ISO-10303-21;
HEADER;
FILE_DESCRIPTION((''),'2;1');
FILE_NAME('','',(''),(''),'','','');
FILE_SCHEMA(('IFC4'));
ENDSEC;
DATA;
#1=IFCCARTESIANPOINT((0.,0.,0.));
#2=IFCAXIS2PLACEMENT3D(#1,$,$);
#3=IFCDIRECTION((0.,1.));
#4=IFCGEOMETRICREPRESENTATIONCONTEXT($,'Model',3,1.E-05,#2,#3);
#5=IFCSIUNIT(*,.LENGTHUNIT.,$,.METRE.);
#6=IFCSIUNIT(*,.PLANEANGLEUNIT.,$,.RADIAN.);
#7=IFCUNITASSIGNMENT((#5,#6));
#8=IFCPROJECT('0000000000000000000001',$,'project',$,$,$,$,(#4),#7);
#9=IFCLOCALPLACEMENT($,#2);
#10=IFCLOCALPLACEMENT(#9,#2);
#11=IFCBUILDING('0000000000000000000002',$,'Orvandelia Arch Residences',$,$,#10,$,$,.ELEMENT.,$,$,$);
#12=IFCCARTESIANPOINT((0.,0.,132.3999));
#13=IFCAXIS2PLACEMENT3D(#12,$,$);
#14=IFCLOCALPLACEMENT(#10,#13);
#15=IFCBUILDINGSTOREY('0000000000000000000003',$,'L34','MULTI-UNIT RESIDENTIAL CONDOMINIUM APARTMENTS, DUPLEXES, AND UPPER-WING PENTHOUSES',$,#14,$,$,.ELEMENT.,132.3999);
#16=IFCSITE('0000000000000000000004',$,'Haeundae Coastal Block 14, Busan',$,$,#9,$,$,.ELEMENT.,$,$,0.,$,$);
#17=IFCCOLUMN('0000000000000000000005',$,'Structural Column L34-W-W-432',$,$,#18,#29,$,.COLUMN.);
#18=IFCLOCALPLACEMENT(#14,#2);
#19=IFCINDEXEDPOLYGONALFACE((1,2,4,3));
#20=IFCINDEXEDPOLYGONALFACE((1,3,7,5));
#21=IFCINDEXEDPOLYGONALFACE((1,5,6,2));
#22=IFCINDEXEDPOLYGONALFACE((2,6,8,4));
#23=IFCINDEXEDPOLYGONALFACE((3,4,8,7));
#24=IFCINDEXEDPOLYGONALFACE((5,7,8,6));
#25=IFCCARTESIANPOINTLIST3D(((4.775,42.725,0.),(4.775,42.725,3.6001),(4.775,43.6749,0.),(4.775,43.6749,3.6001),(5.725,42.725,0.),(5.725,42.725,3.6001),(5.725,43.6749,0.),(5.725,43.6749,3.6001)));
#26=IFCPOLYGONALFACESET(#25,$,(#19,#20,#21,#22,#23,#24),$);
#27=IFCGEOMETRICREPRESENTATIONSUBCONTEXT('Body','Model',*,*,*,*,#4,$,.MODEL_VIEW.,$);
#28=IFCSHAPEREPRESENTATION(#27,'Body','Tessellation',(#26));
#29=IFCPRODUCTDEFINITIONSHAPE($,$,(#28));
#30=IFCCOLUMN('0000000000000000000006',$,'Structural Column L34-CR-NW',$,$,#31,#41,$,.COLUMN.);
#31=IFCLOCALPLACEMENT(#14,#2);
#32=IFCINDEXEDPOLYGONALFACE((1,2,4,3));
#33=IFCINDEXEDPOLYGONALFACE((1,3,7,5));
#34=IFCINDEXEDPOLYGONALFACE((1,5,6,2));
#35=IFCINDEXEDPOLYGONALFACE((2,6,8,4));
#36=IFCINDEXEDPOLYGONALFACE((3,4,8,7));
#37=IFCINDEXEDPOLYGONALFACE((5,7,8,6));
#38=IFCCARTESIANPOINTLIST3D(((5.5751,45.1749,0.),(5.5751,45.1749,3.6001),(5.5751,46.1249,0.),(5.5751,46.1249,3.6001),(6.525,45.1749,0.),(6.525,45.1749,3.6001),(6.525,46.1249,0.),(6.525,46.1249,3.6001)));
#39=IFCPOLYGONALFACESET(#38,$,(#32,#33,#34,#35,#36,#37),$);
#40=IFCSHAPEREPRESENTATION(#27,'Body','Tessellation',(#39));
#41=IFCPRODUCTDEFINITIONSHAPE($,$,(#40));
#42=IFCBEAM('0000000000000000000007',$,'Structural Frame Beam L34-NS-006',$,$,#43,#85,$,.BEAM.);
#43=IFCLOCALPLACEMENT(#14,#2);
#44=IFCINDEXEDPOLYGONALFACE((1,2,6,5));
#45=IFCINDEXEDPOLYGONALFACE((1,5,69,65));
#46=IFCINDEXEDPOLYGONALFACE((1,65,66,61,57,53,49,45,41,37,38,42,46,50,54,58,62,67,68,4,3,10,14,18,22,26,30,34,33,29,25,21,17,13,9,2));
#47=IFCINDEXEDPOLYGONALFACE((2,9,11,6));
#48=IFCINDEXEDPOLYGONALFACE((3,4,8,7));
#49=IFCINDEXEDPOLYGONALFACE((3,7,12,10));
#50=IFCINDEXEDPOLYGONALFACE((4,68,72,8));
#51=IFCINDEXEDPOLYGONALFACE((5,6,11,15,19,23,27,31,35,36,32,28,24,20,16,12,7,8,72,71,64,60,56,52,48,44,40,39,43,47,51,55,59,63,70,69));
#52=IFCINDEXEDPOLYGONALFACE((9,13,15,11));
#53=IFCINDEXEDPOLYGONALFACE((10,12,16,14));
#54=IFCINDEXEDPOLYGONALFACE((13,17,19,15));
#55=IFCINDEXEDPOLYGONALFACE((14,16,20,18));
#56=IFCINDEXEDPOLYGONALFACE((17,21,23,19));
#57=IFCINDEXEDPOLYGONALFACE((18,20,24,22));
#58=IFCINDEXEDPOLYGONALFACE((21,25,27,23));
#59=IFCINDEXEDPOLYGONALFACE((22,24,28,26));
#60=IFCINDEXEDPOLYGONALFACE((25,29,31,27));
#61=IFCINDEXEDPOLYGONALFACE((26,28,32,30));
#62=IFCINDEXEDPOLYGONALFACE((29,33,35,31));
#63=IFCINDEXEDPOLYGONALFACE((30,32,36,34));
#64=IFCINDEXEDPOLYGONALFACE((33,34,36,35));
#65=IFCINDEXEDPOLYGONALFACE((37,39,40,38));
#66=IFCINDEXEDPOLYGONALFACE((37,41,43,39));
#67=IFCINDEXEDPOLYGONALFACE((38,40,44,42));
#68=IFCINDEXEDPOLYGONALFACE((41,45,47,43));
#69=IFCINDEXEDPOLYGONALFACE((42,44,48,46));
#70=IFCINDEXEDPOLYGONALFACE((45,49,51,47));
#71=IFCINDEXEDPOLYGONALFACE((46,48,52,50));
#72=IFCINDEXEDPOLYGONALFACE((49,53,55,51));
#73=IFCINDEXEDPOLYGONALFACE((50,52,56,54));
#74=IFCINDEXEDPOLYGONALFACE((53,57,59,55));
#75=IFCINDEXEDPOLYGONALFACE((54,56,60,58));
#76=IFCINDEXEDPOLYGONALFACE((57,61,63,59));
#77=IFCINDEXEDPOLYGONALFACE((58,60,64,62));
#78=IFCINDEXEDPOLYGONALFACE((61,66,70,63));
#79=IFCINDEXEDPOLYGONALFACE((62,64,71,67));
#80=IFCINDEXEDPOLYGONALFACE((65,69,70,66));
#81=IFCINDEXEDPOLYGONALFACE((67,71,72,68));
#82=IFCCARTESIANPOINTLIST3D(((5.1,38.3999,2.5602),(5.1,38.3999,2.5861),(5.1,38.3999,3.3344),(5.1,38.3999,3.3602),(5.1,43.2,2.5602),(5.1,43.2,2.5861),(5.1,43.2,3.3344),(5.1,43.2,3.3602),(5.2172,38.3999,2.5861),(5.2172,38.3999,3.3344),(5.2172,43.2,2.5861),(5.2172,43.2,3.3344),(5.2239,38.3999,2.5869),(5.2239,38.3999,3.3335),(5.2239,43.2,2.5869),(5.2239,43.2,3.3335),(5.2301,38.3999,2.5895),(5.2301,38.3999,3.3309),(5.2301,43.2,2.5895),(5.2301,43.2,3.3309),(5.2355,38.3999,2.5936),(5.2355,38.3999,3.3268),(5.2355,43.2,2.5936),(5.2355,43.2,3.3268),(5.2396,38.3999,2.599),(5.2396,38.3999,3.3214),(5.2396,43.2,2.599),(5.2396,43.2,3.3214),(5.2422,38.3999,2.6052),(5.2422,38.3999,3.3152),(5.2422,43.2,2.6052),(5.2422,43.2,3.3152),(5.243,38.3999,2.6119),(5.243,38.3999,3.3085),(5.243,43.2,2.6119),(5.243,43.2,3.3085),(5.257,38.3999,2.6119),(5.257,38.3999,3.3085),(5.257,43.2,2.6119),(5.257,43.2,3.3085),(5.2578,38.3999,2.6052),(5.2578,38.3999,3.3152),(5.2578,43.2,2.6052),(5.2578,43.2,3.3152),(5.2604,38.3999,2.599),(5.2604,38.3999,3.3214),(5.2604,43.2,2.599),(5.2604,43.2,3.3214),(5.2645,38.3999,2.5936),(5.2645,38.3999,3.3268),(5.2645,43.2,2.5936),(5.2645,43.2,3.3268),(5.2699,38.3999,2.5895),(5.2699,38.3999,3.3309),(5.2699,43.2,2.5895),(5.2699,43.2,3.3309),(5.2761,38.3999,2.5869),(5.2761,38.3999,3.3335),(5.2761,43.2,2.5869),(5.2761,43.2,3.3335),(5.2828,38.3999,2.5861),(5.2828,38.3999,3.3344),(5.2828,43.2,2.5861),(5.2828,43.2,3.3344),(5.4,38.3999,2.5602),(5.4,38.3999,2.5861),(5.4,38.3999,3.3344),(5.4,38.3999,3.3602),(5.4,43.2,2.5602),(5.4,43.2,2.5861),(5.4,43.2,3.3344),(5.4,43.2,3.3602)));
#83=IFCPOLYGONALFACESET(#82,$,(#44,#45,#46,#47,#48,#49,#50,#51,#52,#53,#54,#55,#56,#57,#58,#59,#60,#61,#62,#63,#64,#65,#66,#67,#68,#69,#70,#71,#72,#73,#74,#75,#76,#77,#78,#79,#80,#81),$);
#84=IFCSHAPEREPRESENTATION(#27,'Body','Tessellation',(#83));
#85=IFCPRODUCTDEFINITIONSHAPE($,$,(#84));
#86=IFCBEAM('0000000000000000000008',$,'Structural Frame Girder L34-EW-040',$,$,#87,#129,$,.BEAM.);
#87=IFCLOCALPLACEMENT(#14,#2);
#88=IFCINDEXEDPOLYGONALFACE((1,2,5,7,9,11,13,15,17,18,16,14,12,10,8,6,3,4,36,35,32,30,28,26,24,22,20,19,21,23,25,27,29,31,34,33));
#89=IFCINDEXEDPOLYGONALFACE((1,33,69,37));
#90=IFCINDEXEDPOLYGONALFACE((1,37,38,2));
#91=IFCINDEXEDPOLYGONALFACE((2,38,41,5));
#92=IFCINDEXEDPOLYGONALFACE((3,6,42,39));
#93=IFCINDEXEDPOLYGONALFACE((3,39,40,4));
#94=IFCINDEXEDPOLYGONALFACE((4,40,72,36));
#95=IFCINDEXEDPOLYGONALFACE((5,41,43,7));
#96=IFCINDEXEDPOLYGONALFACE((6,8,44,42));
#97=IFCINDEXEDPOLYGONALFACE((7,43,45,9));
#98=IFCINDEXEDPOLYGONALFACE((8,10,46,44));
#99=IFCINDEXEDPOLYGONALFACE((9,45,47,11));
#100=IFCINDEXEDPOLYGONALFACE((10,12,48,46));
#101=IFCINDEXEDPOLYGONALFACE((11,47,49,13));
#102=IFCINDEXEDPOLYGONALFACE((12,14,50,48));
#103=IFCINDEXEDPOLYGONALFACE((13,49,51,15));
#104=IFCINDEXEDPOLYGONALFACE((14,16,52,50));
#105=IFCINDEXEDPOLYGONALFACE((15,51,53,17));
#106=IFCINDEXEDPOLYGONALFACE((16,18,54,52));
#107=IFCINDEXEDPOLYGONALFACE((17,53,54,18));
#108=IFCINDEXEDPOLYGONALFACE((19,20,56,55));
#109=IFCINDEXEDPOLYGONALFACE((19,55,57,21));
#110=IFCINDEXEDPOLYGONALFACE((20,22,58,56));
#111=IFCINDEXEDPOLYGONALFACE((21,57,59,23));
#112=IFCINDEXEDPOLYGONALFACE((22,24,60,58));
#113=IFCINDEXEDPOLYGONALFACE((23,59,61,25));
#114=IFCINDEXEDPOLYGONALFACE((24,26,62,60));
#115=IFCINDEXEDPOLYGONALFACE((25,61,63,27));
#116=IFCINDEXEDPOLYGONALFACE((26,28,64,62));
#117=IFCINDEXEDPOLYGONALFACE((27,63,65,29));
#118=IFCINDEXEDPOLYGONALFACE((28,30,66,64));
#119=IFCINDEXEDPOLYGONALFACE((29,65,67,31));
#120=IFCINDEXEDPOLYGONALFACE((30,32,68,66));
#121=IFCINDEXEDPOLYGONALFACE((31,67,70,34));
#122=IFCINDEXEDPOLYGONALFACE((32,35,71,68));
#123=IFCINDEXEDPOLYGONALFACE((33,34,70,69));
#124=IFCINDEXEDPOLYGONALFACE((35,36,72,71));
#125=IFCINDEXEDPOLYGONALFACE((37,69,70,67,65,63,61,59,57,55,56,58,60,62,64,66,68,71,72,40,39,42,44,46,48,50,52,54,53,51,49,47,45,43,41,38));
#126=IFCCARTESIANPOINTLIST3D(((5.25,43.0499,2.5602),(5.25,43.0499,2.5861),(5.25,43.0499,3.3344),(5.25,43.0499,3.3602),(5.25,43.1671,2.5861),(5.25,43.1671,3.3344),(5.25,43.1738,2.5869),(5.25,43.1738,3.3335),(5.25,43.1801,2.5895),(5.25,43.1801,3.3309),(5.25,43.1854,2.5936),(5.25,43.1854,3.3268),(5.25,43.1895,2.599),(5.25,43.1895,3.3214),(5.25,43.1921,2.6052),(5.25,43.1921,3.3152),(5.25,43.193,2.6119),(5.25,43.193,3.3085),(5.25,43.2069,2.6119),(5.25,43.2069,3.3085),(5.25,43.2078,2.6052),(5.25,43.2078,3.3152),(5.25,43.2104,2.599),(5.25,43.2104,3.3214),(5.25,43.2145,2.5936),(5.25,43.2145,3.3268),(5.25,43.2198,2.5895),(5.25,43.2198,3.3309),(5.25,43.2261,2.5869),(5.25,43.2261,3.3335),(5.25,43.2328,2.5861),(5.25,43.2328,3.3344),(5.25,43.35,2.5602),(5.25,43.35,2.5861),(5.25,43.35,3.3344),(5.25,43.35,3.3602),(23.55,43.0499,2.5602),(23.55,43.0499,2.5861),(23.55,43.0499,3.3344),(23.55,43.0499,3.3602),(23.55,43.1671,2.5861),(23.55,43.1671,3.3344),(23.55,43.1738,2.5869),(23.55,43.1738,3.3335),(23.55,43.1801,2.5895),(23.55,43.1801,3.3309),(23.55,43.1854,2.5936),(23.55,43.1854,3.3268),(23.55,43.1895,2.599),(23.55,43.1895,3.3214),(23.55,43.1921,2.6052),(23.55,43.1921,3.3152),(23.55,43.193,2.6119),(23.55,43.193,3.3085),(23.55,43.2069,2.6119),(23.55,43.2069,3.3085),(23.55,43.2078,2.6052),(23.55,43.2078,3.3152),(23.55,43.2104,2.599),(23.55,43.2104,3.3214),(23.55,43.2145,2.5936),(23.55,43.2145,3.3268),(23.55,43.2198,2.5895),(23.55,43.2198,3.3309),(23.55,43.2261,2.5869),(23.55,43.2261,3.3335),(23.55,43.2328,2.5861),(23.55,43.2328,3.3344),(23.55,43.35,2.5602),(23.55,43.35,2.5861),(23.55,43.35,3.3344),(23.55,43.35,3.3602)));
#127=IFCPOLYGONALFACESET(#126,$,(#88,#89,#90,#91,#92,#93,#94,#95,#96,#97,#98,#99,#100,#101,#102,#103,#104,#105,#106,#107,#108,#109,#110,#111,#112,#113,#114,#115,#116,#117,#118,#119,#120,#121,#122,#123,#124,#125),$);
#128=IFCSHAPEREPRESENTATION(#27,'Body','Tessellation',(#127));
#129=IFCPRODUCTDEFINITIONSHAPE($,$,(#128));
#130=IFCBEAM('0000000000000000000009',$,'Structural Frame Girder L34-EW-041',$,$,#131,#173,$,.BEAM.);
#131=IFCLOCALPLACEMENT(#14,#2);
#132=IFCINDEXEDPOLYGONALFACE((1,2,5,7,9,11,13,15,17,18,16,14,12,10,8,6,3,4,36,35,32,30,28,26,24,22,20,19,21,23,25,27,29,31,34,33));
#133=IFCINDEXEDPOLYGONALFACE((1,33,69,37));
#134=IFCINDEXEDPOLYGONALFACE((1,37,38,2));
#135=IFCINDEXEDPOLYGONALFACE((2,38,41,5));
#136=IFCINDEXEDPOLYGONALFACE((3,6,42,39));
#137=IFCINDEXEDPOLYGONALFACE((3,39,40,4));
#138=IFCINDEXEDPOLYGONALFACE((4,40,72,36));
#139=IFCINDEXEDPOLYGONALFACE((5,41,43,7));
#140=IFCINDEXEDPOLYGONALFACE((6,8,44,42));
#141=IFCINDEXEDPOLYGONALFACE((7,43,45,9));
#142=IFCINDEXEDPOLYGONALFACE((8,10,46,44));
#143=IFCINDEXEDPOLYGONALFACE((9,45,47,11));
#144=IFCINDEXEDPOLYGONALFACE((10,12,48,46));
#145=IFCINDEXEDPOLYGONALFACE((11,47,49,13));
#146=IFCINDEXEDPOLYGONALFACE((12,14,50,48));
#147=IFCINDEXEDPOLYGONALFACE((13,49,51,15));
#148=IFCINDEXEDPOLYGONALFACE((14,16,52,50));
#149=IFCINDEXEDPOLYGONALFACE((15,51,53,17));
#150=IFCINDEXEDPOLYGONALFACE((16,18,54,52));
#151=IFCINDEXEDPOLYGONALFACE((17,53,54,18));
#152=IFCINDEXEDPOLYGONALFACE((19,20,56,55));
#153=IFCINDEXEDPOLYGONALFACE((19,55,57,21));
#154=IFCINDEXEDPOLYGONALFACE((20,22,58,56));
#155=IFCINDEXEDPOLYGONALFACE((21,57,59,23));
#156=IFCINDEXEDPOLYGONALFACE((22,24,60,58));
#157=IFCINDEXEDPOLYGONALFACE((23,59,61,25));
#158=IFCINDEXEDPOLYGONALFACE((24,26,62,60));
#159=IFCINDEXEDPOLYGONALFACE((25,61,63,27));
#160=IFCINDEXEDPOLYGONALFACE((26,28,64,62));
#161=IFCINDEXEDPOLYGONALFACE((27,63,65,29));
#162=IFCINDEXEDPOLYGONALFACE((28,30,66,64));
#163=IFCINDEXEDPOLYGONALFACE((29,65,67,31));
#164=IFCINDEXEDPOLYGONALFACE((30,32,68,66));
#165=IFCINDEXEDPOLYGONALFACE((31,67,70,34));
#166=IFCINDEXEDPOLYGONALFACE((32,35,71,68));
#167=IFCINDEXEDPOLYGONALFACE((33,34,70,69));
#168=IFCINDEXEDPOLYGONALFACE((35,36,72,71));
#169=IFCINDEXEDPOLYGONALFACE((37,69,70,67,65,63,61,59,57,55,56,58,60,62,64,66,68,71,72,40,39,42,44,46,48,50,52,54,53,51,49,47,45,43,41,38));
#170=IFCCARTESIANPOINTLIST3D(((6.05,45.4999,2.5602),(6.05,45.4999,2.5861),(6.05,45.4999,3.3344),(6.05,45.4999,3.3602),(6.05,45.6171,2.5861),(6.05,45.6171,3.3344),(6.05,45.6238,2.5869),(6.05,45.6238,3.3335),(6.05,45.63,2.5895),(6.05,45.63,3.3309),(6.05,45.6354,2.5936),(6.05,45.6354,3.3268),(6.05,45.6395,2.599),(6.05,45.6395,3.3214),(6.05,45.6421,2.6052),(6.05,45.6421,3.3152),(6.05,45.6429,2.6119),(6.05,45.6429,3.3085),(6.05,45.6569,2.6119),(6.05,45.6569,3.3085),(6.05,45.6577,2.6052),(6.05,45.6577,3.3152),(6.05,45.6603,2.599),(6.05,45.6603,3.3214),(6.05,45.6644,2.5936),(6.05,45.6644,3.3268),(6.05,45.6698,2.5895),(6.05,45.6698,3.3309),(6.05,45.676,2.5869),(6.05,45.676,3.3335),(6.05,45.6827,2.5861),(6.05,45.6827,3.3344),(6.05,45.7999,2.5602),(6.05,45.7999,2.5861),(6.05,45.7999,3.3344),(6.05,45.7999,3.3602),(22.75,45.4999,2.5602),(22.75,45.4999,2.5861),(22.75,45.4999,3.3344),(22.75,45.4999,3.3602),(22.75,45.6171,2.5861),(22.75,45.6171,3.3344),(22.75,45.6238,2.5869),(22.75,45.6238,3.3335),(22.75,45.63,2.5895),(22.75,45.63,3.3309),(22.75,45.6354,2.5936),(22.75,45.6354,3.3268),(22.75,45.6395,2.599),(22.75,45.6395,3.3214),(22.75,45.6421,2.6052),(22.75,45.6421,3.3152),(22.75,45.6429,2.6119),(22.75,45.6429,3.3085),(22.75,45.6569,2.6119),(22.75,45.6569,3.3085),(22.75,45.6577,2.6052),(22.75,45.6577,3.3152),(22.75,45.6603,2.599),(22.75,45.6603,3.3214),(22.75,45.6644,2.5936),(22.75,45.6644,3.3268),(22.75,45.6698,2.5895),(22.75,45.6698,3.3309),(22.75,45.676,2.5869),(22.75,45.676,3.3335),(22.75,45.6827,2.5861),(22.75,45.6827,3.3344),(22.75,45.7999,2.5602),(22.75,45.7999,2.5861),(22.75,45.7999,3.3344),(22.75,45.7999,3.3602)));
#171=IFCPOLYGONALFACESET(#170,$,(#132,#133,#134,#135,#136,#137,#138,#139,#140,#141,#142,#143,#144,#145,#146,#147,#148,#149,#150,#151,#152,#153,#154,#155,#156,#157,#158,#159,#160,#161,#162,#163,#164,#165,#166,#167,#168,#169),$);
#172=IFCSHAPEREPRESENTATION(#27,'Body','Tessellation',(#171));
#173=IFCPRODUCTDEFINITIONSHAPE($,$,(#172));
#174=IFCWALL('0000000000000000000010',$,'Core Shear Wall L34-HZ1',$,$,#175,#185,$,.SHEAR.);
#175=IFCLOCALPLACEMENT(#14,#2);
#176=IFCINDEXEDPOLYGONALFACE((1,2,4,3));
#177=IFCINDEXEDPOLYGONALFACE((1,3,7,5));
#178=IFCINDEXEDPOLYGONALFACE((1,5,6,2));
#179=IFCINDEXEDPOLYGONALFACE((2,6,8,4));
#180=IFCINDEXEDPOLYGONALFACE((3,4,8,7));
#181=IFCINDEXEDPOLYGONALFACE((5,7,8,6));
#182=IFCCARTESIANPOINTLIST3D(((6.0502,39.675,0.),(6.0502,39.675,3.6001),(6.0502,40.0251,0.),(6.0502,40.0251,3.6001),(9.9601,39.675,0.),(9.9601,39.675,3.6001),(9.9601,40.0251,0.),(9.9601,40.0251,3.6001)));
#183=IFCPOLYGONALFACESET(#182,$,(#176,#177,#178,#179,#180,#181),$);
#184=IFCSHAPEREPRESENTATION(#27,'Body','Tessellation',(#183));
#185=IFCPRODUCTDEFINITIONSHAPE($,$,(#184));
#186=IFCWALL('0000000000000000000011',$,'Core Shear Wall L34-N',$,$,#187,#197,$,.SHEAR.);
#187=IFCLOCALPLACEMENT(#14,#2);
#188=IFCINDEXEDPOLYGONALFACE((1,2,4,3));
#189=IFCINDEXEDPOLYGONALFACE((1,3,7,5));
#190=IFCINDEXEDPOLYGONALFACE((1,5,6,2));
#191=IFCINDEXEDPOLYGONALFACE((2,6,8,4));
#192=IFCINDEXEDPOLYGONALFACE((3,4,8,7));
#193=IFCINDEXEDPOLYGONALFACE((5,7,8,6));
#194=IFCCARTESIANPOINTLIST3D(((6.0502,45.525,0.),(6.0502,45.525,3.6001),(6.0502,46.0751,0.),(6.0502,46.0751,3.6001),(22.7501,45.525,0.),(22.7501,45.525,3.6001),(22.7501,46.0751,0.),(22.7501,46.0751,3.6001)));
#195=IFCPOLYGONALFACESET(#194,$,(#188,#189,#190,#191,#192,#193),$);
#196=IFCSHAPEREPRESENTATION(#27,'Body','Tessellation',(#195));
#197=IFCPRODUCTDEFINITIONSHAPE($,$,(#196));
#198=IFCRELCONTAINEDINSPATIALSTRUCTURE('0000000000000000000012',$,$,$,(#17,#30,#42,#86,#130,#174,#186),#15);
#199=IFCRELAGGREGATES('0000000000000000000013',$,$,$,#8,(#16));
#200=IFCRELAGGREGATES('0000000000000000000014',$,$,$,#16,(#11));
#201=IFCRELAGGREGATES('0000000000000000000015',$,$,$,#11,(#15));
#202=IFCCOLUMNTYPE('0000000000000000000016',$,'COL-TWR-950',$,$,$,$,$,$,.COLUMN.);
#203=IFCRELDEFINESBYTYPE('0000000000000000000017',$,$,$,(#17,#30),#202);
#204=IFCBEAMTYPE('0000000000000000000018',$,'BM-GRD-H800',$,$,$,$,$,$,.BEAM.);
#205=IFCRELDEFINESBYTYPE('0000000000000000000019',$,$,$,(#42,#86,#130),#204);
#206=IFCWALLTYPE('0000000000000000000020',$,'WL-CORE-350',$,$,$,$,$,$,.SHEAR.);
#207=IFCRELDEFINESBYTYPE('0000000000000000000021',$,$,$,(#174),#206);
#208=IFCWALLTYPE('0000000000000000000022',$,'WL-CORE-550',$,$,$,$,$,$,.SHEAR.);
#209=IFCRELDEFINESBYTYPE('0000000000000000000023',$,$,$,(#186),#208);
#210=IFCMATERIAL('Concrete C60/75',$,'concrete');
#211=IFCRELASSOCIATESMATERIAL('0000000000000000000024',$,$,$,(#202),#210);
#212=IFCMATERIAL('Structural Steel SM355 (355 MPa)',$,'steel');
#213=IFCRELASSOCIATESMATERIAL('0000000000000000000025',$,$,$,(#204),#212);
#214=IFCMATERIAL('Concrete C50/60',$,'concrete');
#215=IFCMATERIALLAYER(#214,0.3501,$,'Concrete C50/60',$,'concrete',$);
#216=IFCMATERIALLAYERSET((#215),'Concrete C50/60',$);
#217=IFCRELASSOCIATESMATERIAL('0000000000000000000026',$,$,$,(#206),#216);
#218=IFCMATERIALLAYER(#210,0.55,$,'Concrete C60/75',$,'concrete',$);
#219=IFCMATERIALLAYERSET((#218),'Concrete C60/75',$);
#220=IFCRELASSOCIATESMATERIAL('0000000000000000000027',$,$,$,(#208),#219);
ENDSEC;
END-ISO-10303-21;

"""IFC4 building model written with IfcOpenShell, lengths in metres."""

from ifc_helpers import new_model, si_unit, direction, frame, frame_2d, origin, origin_2d, place, context, subcontext, project, spatial, rectangle, i_section, extrude, material, layer, layer_set, material_profile, profile_set, type_object, element, save


model = new_model("IFC4")

# Units and contexts
model_context = context("Model", 3, precision=1e-05, world=origin(), true_north=direction((0.0, 1.0)))
body_context = subcontext(model_context, "Body", "Model", "MODEL_VIEW")
ifc_project = project(units=[si_unit("LENGTHUNIT", "METRE"), si_unit("PLANEANGLEUNIT", "RADIAN")], contexts=[model_context])

# Site, building, storey
site_placement = place(None, origin())
site = spatial("IfcSite", under=ifc_project, at=site_placement, Name="Haeundae Coastal Block 14, Busan", CompositionType="ELEMENT", RefElevation=0.0)
building_placement = place(site_placement, origin())
building = spatial("IfcBuilding", under=site, at=building_placement, Name="Orvandelia Arch Residences", CompositionType="ELEMENT")
storey_placement = place(building_placement, frame((0.0, 0.0, 132.3999)))
storey = spatial("IfcBuildingStorey", under=building, at=storey_placement, Name="L34", Description="MULTI-UNIT RESIDENTIAL CONDOMINIUM APARTMENTS, DUPLEXES, AND UPPER-WING PENTHOUSES", CompositionType="ELEMENT", Elevation=132.3999)

# Columns
ifc_material_1 = material(Name="Concrete C60/75", Category="concrete")
ifc_material_profile_1 = material_profile(ifc_material_1, rectangle(XDim=0.95, YDim=0.95, at=origin_2d()), Name="Concrete C60/75", Category="concrete")
ifc_profile_set_1 = profile_set([ifc_material_profile_1], Name="Concrete C60/75")
column_type = type_object("IfcColumnType", Name="COL-TWR-950", PredefinedType="COLUMN", material=ifc_profile_set_1)
for number, where, z_axis, x_axis, name in (
    (1, (5.25, 43.2, 0.0), (0.0, 0.0, 1.0), (1.0, 0.0, 0.0), "Structural Column L34-W-W-432"),
    (2, (6.05, 45.6499, 0.0), (0.0, 0.0, 1.0), (1.0, 0.0, 0.0), "Structural Column L34-CR-NW"),
):
    element("IfcColumn", number, at=place(storey_placement, frame(where, z_axis=z_axis, x_axis=x_axis)), inside=storey, type_object=column_type, Name=name, PredefinedType="COLUMN", context=body_context, shape_type="SweptSolid", body=[
        extrude(rectangle(XDim=0.95, YDim=0.95, at=origin_2d()), origin(), (0.0, 0.0, 1.0), 3.6001),
    ])

# Beams
ifc_material_2 = material(Name="Structural Steel SM355 (355 MPa)", Category="steel")
ifc_material_profile_2 = material_profile(ifc_material_2, i_section(OverallWidth=0.3, OverallDepth=0.8, WebThickness=0.0139, FlangeThickness=0.0259, FilletRadius=0.0259, at=origin_2d()), Name="Structural Steel SM355 (355 MPa)", Category="steel")
ifc_profile_set_2 = profile_set([ifc_material_profile_2], Name="Structural Steel SM355 (355 MPa)")
beam_type = type_object("IfcBeamType", Name="BM-GRD-H800", PredefinedType="BEAM", material=ifc_profile_set_2)
beam_1_placement = place(storey_placement, frame((5.25, 38.3999, 2.9602), z_axis=(0.0, 1.0, 0.0), x_axis=(-1.0, 0.0, 0.0)))
element("IfcBeam", 3, at=beam_1_placement, inside=storey, type_object=beam_type, Name="Structural Frame Beam L34-NS-006", PredefinedType="BEAM", context=body_context, shape_type="SweptSolid", body=[
    extrude(i_section(OverallWidth=0.3, OverallDepth=0.8, WebThickness=0.0139, FlangeThickness=0.0259, FilletRadius=0.0259, at=origin_2d()), origin(), (0.0, 0.0, 1.0), 4.8),
])
beam_2_placement = place(storey_placement, frame((5.25, 43.2, 2.9602), z_axis=(1.0, 0.0, 0.0), x_axis=(0.0, 1.0, 0.0)))
element("IfcBeam", 4, at=beam_2_placement, inside=storey, type_object=beam_type, Name="Structural Frame Girder L34-EW-040", PredefinedType="BEAM", context=body_context, shape_type="SweptSolid", body=[
    extrude(i_section(OverallWidth=0.3, OverallDepth=0.8, WebThickness=0.0139, FlangeThickness=0.0259, FilletRadius=0.0259, at=origin_2d()), origin(), (0.0, 0.0, 1.0), 18.3),
])
beam_3_placement = place(storey_placement, frame((6.05, 45.6499, 2.9602), z_axis=(1.0, 0.0, 0.0), x_axis=(0.0, 1.0, 0.0)))
element("IfcBeam", 5, at=beam_3_placement, inside=storey, type_object=beam_type, Name="Structural Frame Girder L34-EW-041", PredefinedType="BEAM", context=body_context, shape_type="SweptSolid", body=[
    extrude(i_section(OverallWidth=0.3, OverallDepth=0.8, WebThickness=0.0139, FlangeThickness=0.0259, FilletRadius=0.0259, at=origin_2d()), origin(), (0.0, 0.0, 1.0), 16.7),
])

# Walls
ifc_material_3 = material(Name="Concrete C50/60", Category="concrete")
ifc_layer_1 = layer(ifc_material_3, 0.3501, Name="Concrete C50/60", Category="concrete")
ifc_layer_set_1 = layer_set([ifc_layer_1], Name="Concrete C50/60")
wall_type_1 = type_object("IfcWallType", Name="WL-CORE-350", PredefinedType="SHEAR", material=ifc_layer_set_1)
wall_1_placement = place(storey_placement, frame((6.05, 39.8501, 0.0), z_axis=(0.0, 0.0, 1.0), x_axis=(1.0, 0.0, 0.0)))
element("IfcWall", 6, at=wall_1_placement, inside=storey, type_object=wall_type_1, Name="Core Shear Wall L34-HZ1", PredefinedType="SHEAR", context=body_context, shape_type="SweptSolid", body=[
    extrude(rectangle(XDim=3.9099, YDim=0.3501, at=frame_2d((1.9551, 0.0))), origin(), (0.0, 0.0, 1.0), 3.6001),
])
ifc_layer_2 = layer(ifc_material_1, 0.55, Name="Concrete C60/75", Category="concrete")
ifc_layer_set_2 = layer_set([ifc_layer_2], Name="Concrete C60/75")
wall_type_2 = type_object("IfcWallType", Name="WL-CORE-550", PredefinedType="SHEAR", material=ifc_layer_set_2)
wall_2_placement = place(storey_placement, frame((6.05, 45.8, 0.0), z_axis=(0.0, 0.0, 1.0), x_axis=(1.0, 0.0, 0.0)))
element("IfcWall", 7, at=wall_2_placement, inside=storey, type_object=wall_type_2, Name="Core Shear Wall L34-N", PredefinedType="SHEAR", context=body_context, shape_type="SweptSolid", body=[
    extrude(rectangle(XDim=16.7, YDim=0.55, at=frame_2d((8.3501, 0.0))), origin(), (0.0, 0.0, 1.0), 3.6001),
])

save(model, "model.ifc")
